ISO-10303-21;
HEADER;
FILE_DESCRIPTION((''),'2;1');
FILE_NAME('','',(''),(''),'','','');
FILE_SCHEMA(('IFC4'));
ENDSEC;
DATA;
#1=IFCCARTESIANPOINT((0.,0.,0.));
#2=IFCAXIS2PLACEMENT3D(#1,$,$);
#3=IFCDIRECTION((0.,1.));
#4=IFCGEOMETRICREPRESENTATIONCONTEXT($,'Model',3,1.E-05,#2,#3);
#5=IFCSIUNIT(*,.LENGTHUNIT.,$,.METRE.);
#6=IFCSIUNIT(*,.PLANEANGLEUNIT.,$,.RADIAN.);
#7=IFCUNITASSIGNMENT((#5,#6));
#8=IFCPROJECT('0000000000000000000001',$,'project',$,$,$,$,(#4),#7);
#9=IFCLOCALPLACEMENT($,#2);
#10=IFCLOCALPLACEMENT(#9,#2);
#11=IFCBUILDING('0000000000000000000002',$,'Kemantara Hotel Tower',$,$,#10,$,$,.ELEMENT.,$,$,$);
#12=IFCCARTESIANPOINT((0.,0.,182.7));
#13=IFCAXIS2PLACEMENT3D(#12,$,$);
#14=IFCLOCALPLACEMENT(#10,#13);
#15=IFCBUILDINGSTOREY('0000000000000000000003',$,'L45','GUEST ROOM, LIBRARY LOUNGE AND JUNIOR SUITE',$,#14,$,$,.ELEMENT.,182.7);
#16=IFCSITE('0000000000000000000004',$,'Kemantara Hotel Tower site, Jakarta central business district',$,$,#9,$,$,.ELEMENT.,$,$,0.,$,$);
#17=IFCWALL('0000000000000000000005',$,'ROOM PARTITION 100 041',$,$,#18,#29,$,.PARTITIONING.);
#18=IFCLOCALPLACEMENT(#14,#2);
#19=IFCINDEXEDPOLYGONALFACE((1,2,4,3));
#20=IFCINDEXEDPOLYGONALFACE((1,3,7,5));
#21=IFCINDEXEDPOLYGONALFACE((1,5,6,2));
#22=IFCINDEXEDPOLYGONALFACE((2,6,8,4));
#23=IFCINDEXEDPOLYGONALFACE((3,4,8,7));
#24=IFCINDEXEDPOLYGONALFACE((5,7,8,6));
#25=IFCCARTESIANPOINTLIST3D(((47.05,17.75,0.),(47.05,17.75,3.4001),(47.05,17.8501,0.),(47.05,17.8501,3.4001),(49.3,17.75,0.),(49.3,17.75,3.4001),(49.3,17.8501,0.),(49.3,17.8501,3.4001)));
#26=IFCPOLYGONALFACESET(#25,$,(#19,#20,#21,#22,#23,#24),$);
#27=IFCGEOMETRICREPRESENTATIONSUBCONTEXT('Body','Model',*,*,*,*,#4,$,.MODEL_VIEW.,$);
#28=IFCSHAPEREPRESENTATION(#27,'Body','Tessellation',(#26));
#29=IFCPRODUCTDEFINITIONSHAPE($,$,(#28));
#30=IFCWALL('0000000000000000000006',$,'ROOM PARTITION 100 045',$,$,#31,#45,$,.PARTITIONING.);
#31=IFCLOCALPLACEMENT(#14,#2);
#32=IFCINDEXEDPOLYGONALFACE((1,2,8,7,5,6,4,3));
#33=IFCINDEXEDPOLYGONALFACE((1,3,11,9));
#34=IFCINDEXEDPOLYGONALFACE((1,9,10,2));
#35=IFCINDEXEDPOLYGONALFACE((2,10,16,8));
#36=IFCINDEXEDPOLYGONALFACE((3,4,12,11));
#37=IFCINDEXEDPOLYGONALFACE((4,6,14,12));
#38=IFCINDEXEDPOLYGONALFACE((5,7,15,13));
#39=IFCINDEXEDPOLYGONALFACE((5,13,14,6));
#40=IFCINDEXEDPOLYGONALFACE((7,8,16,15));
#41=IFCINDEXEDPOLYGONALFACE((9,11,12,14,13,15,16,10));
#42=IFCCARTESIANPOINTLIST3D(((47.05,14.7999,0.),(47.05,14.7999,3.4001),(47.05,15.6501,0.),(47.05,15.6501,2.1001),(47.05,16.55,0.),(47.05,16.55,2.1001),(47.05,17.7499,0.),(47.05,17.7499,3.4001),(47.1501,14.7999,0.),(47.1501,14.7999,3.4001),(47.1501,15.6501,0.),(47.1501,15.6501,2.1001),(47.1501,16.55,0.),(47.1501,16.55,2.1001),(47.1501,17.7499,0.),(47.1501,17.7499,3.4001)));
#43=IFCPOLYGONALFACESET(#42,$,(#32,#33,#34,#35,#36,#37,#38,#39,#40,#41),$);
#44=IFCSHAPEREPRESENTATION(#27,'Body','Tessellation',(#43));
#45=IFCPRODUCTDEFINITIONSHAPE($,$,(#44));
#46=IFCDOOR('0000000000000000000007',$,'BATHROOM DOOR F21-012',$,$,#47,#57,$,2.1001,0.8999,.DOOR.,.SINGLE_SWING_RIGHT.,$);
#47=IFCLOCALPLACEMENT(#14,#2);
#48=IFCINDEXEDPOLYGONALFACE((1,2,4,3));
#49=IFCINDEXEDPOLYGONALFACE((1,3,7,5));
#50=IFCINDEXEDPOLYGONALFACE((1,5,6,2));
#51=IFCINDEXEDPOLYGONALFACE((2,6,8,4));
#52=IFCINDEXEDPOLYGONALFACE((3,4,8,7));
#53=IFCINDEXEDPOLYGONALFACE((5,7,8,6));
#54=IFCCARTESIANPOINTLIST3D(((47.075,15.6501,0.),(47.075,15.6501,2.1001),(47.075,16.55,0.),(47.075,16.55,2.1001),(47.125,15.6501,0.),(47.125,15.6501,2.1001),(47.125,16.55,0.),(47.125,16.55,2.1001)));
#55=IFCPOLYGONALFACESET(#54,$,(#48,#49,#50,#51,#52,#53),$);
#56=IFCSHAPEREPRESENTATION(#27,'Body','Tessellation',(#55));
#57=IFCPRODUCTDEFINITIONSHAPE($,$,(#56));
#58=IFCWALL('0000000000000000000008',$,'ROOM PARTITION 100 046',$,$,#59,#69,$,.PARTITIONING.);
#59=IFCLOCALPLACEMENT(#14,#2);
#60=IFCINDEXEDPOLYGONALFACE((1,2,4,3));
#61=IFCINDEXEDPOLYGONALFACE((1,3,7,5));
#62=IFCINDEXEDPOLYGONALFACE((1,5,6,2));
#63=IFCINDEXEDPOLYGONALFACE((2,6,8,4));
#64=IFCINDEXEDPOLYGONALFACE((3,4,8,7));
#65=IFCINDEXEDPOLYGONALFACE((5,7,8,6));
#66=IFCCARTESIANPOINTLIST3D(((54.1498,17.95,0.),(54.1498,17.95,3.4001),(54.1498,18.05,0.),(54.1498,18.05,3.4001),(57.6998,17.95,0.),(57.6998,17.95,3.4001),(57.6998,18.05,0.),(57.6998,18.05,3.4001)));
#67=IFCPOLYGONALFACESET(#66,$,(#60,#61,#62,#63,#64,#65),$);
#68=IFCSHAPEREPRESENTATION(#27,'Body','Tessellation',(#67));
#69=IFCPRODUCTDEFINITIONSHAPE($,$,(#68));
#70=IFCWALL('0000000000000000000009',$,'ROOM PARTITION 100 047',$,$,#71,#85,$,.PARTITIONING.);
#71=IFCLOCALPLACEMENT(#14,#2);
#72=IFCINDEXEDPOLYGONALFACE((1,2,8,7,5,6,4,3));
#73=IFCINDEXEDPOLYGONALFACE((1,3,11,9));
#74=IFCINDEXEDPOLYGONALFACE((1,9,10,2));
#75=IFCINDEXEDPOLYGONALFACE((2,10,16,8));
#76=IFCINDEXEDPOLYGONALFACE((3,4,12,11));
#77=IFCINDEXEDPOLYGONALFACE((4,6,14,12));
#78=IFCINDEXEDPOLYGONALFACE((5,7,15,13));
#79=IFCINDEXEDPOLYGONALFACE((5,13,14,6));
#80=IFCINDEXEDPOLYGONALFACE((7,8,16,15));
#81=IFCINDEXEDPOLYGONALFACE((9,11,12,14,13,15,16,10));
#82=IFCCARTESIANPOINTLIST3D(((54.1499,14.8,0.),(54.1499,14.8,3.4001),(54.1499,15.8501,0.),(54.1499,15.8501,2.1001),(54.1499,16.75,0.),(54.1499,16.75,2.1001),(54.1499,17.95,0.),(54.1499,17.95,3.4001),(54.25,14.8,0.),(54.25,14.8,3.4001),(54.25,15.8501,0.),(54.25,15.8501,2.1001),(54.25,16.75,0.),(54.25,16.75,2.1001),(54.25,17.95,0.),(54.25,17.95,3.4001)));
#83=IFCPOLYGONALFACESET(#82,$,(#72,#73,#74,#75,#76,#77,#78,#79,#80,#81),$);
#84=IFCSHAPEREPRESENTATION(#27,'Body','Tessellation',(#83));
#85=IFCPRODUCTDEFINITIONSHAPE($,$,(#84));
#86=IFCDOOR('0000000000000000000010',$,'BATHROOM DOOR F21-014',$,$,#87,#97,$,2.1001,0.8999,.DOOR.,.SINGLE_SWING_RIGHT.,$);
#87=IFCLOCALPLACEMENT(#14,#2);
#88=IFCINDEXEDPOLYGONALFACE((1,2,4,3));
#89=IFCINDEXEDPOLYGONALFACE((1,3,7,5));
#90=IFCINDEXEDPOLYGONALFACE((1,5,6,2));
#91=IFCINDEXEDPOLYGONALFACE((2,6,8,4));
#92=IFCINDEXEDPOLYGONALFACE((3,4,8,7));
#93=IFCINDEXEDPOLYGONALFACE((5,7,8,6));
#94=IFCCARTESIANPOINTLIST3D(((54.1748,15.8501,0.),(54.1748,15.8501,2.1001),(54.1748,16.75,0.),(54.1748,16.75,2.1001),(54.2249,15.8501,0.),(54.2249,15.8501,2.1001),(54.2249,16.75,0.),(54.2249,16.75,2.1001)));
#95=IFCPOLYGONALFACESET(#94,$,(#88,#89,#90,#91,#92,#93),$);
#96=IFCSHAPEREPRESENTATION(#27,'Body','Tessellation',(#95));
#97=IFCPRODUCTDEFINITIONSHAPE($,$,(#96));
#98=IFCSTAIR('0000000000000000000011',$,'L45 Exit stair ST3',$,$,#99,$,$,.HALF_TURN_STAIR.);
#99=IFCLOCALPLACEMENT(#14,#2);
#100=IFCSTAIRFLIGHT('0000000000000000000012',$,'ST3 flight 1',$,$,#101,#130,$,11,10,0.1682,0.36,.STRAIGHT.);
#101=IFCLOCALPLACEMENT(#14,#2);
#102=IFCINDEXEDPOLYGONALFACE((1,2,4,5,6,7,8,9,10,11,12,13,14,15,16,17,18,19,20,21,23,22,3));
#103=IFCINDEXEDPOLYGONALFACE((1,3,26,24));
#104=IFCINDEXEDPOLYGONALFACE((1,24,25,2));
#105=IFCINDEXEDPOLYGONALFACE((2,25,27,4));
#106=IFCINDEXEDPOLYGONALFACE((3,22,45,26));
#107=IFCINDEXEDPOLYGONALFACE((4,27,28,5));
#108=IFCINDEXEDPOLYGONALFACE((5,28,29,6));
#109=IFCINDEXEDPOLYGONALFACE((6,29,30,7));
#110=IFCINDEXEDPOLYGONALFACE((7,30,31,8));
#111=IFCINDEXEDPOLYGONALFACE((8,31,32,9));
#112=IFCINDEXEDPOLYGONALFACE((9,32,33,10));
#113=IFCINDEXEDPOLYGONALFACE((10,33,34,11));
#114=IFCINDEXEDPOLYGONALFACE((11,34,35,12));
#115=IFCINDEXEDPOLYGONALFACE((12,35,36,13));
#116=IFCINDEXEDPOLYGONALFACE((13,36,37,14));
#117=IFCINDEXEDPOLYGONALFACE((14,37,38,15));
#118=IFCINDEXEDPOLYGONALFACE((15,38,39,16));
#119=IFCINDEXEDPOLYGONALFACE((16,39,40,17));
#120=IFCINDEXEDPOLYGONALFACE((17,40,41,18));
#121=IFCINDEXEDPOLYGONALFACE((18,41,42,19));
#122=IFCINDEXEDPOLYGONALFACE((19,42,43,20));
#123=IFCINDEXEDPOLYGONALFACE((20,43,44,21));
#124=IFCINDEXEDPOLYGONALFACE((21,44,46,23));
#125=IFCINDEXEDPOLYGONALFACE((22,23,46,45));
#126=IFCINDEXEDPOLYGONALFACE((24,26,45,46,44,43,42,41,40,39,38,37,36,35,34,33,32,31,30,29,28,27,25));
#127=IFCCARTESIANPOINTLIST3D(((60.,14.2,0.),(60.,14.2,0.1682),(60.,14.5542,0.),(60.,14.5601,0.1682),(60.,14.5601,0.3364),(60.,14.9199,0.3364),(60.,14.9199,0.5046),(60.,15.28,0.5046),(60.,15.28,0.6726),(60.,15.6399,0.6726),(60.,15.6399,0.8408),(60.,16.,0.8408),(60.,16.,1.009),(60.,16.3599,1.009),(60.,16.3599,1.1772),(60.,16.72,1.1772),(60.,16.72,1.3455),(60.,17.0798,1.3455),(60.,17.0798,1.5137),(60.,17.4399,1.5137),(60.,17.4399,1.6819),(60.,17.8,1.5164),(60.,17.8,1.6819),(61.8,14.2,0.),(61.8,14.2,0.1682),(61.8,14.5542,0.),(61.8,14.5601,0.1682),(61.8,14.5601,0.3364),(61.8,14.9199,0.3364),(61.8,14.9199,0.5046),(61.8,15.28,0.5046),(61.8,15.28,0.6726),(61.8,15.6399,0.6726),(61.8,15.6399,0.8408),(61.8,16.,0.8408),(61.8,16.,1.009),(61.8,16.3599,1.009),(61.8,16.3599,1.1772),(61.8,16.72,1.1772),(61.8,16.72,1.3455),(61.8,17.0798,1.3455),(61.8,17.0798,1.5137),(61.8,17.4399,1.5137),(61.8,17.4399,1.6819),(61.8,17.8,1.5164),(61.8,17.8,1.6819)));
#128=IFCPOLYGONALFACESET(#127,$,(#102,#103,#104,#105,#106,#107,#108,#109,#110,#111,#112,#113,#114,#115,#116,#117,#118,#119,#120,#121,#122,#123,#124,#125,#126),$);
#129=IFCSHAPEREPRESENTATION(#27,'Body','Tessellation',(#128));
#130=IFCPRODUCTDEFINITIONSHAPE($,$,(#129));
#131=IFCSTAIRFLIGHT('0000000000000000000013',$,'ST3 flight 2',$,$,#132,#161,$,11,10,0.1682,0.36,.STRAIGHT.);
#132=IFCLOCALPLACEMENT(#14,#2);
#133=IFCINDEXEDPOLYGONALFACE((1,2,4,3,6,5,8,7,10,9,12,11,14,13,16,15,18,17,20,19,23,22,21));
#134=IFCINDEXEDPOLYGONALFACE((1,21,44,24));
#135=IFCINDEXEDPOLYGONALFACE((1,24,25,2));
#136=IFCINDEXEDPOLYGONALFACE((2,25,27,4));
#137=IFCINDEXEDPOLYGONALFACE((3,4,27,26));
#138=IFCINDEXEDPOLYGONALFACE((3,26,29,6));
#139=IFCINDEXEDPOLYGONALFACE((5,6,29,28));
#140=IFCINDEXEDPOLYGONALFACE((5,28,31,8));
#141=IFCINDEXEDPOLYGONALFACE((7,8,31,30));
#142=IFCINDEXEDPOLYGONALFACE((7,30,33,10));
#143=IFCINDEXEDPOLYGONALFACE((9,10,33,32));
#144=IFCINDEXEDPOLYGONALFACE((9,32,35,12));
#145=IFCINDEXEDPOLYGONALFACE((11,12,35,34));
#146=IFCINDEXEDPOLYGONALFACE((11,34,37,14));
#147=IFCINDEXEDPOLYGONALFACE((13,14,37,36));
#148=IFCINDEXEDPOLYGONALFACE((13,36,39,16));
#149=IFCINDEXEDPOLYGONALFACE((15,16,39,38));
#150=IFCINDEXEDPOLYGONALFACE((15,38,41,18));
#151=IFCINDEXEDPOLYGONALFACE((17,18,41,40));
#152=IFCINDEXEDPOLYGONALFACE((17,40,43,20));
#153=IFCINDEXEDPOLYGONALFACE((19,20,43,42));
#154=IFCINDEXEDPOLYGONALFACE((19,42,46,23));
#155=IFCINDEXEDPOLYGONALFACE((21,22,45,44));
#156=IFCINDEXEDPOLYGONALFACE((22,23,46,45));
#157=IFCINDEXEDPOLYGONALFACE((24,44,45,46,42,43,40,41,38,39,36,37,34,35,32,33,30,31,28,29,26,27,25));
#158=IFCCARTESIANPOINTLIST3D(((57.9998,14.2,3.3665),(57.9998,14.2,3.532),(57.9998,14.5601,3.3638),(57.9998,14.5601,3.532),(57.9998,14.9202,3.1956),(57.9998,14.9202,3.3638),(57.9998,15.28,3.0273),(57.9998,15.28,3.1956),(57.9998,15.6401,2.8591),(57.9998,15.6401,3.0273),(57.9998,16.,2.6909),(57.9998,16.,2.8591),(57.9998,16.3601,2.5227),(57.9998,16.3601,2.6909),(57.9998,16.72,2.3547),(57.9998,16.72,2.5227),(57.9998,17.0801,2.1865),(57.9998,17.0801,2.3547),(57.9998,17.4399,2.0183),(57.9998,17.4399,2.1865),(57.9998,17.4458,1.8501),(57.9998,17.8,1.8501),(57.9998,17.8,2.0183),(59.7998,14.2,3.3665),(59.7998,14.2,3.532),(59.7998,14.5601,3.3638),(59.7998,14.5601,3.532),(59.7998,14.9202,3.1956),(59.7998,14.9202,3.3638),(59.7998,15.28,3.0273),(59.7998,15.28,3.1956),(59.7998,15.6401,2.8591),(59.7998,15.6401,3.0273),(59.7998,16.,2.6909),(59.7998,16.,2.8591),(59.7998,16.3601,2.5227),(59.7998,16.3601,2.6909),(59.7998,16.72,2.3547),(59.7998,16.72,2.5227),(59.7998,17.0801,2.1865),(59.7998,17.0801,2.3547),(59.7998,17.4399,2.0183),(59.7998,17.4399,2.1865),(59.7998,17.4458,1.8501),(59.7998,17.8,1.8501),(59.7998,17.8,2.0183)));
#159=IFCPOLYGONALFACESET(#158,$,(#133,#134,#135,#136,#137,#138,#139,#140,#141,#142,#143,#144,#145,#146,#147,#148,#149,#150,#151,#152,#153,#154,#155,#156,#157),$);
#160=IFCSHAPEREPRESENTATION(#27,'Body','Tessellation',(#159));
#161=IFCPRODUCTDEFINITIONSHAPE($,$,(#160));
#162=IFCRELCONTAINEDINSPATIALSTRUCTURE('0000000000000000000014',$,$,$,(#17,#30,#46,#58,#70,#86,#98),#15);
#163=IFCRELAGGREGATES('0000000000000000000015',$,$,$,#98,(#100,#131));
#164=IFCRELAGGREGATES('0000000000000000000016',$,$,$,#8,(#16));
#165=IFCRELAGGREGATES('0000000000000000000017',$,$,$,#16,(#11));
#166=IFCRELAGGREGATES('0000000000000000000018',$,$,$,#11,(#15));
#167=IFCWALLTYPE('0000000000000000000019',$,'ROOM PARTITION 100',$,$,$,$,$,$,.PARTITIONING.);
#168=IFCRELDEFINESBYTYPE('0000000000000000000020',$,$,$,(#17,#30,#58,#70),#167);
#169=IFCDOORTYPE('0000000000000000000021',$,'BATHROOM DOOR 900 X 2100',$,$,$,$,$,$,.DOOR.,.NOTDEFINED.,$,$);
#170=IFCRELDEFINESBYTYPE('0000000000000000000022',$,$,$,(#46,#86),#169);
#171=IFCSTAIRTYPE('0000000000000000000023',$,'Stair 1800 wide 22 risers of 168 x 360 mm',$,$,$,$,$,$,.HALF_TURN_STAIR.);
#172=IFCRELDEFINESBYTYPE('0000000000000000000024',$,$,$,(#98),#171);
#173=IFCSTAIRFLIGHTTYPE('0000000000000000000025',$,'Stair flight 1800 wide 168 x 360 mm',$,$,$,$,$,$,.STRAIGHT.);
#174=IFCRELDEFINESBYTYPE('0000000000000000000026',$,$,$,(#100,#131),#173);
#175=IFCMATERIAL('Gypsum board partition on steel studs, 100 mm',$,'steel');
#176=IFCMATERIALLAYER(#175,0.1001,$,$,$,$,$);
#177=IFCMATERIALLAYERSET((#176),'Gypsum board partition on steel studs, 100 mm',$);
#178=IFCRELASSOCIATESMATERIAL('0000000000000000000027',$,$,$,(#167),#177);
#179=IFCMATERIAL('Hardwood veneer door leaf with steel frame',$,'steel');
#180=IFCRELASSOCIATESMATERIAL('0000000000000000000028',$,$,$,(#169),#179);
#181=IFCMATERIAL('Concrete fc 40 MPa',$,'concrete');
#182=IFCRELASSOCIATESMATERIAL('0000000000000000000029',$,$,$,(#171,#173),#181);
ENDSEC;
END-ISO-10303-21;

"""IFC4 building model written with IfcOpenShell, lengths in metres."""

from ifc_helpers import new_model, si_unit, direction, frame, frame_2d, origin, place, context, subcontext, project, spatial, polyline, rectangle, outline, extrude, material, layer, layer_set, type_object, element, fill, aggregate, save


model = new_model("IFC4")

# Units and contexts
model_context = context("Model", 3, precision=1e-05, world=origin(), true_north=direction((0.0, 1.0)))
body_context = subcontext(model_context, "Body", "Model", "MODEL_VIEW")
ifc_project = project(units=[si_unit("LENGTHUNIT", "METRE"), si_unit("PLANEANGLEUNIT", "RADIAN")], contexts=[model_context])

# Site, building, storey
site_placement = place(None, origin())
site = spatial("IfcSite", under=ifc_project, at=site_placement, Name="Kemantara Hotel Tower site, Jakarta central business district", CompositionType="ELEMENT", RefElevation=0.0)
building_placement = place(site_placement, origin())
building = spatial("IfcBuilding", under=site, at=building_placement, Name="Kemantara Hotel Tower", CompositionType="ELEMENT")
storey_placement = place(building_placement, frame((0.0, 0.0, 182.7)))
storey = spatial("IfcBuildingStorey", under=building, at=storey_placement, Name="L45", Description="GUEST ROOM, LIBRARY LOUNGE AND JUNIOR SUITE", CompositionType="ELEMENT", Elevation=182.7)

# Shared definitions
ifc_material_1 = material(Name="Concrete fc 40 MPa", Category="concrete")

# Wall
ifc_material_2 = material(Name="Gypsum board partition on steel studs, 100 mm", Category="steel")
ifc_layer_1 = layer(ifc_material_2, 0.1001)
ifc_layer_set_1 = layer_set([ifc_layer_1], Name="Gypsum board partition on steel studs, 100 mm")
wall_type_1 = type_object("IfcWallType", Name="ROOM PARTITION 100", PredefinedType="PARTITIONING", material=ifc_layer_set_1)
wall_1_placement = place(storey_placement, frame((47.05, 17.8, 0.0), z_axis=(0.0, 0.0, 1.0), x_axis=(1.0, 0.0, 0.0)))
element("IfcWall", 1, at=wall_1_placement, inside=storey, type_object=wall_type_1, Name="ROOM PARTITION 100 041", PredefinedType="PARTITIONING", context=body_context, shape_type="SweptSolid", body=[
    extrude(rectangle(XDim=2.25, YDim=0.1001, at=frame_2d((1.125, 0.0))), origin(), (0.0, 0.0, 1.0), 3.4001),
])

# Wall, opening, door
wall_2_placement = place(storey_placement, frame((47.1001, 17.75, 0.0), z_axis=(0.0, 0.0, 1.0), x_axis=(0.0, -1.0, 0.0)))
wall_2 = element("IfcWall", 2, at=wall_2_placement, inside=storey, type_object=wall_type_1, Name="ROOM PARTITION 100 045", PredefinedType="PARTITIONING", context=body_context, shape_type="SweptSolid", body=[
    extrude(rectangle(XDim=2.95, YDim=0.1001, at=frame_2d((1.4751, 0.0))), origin(), (0.0, 0.0, 1.0), 3.4001),
])
opening_1_placement = place(wall_2_placement, frame((1.2, 0.0, 0.0)))
opening_1 = element("IfcOpeningElement", 3, at=opening_1_placement, cuts=wall_2, PredefinedType="OPENING", context=body_context, shape_type="SweptSolid", body=[
    extrude(rectangle(XDim=0.8999, YDim=2.1001, at=frame_2d((0.45, 1.05))), frame((0.0, 0.0601, 0.0), z_axis=(0.0, -1.0, 0.0), x_axis=(1.0, 0.0, 0.0)), (0.0, 0.0, 1.0), 0.1201),
])
ifc_material_3 = material(Name="Hardwood veneer door leaf with steel frame", Category="steel")
door_type_1 = type_object("IfcDoorType", Name="BATHROOM DOOR 900 X 2100", OperationType="NOTDEFINED", PredefinedType="DOOR", material=ifc_material_3)
door_1_placement = place(opening_1_placement, origin())
door_1 = element("IfcDoor", 4, at=door_1_placement, inside=storey, type_object=door_type_1, Name="BATHROOM DOOR F21-012", OperationType="SINGLE_SWING_RIGHT", OverallHeight=2.1001, OverallWidth=0.8999, PredefinedType="DOOR", context=body_context, shape_type="SweptSolid", body=[
    extrude(rectangle(XDim=0.8999, YDim=2.1001, at=frame_2d((0.45, 1.05))), frame((0.0, 0.0249, 0.0), z_axis=(0.0, -1.0, 0.0), x_axis=(1.0, 0.0, 0.0)), (0.0, 0.0, 1.0), 0.05),
])
fill(opening_1, door_1)

# Wall
wall_3_placement = place(storey_placement, frame((54.1499, 18.0, 0.0), z_axis=(0.0, 0.0, 1.0), x_axis=(1.0, 0.0, 0.0)))
element("IfcWall", 5, at=wall_3_placement, inside=storey, type_object=wall_type_1, Name="ROOM PARTITION 100 046", PredefinedType="PARTITIONING", context=body_context, shape_type="SweptSolid", body=[
    extrude(rectangle(XDim=3.55, YDim=0.1001, at=frame_2d((1.7749, 0.0))), origin(), (0.0, 0.0, 1.0), 3.4001),
])

# Wall, opening, door
wall_4_placement = place(storey_placement, frame((54.2, 17.95, 0.0), z_axis=(0.0, 0.0, 1.0), x_axis=(0.0, -1.0, 0.0)))
wall_4 = element("IfcWall", 6, at=wall_4_placement, inside=storey, type_object=wall_type_1, Name="ROOM PARTITION 100 047", PredefinedType="PARTITIONING", context=body_context, shape_type="SweptSolid", body=[
    extrude(rectangle(XDim=3.1499, YDim=0.1001, at=frame_2d((1.575, 0.0))), origin(), (0.0, 0.0, 1.0), 3.4001),
])
opening_2_placement = place(wall_4_placement, frame((1.2, 0.0, 0.0)))
opening_2 = element("IfcOpeningElement", 7, at=opening_2_placement, cuts=wall_4, PredefinedType="OPENING", context=body_context, shape_type="SweptSolid", body=[
    extrude(rectangle(XDim=0.8999, YDim=2.1001, at=frame_2d((0.45, 1.05))), frame((0.0, 0.0601, 0.0), z_axis=(0.0, -1.0, 0.0), x_axis=(1.0, 0.0, 0.0)), (0.0, 0.0, 1.0), 0.1201),
])
door_2_placement = place(opening_2_placement, origin())
door_2 = element("IfcDoor", 8, at=door_2_placement, inside=storey, type_object=door_type_1, Name="BATHROOM DOOR F21-014", OperationType="SINGLE_SWING_RIGHT", OverallHeight=2.1001, OverallWidth=0.8999, PredefinedType="DOOR", context=body_context, shape_type="SweptSolid", body=[
    extrude(rectangle(XDim=0.8999, YDim=2.1001, at=frame_2d((0.45, 1.05))), frame((0.0, 0.0249, 0.0), z_axis=(0.0, -1.0, 0.0), x_axis=(1.0, 0.0, 0.0)), (0.0, 0.0, 1.0), 0.05),
])
fill(opening_2, door_2)

# Stair, stair flights
stair_type = type_object("IfcStairType", Name="Stair 1800 wide 22 risers of 168 x 360 mm", PredefinedType="HALF_TURN_STAIR", material=ifc_material_1)
stair_placement = place(storey_placement, origin())
stair = element("IfcStair", 9, at=stair_placement, inside=storey, type_object=stair_type, Name="L45 Exit stair ST3", PredefinedType="HALF_TURN_STAIR")
stair_flight_type = type_object("IfcStairFlightType", Name="Stair flight 1800 wide 168 x 360 mm", PredefinedType="STRAIGHT", material=ifc_material_1)
stair_flight_1_placement = place(storey_placement, frame((60.8999, 14.2, 0.0), z_axis=(0.0, 0.0, 1.0), x_axis=(0.0, 1.0, 0.0)))
stair_flight_1 = element("IfcStairFlight", 10, at=stair_flight_1_placement, type_object=stair_flight_type, Name="ST3 flight 1", NumberOfRisers=11, NumberOfTreads=10, PredefinedType="STRAIGHT", RiserHeight=0.1682, TreadLength=0.36, context=body_context, shape_type="SweptSolid", body=[
    extrude(outline(polyline([(0.0, 0.0), (0.0, 0.1682), (0.3601, 0.1682), (0.3601, 0.3364), (0.72, 0.3364), (0.72, 0.5046), (1.0801, 0.5046), (1.0801, 0.6726), (1.4399, 0.6726), (1.4399, 0.8408), (1.8, 0.8408), (1.8, 1.009), (2.1599, 1.009), (2.1599, 1.1772), (2.52, 1.1772), (2.52, 1.3455), (2.8799, 1.3455), (2.8799, 1.5137), (3.24, 1.5137), (3.24, 1.6819), (3.6001, 1.6819), (3.6001, 1.8501), (3.6001, 1.5164), (0.3542, 0.0), (0.0, 0.0)])), frame((0.0, 0.8999, 0.0), z_axis=(0.0, -1.0, 0.0), x_axis=(1.0, 0.0, 0.0)), (0.0, 0.0, 1.0), 1.8),
])
stair_flight_2_placement = place(storey_placement, frame((58.8999, 17.8, 1.8501), z_axis=(0.0, 0.0, 1.0), x_axis=(0.0, -1.0, 0.0)))
stair_flight_2 = element("IfcStairFlight", 11, at=stair_flight_2_placement, type_object=stair_flight_type, Name="ST3 flight 2", NumberOfRisers=11, NumberOfTreads=10, PredefinedType="STRAIGHT", RiserHeight=0.1682, TreadLength=0.36, context=body_context, shape_type="SweptSolid", body=[
    extrude(outline(polyline([(0.0, 0.0), (0.0, 0.1682), (0.3601, 0.1682), (0.3601, 0.3364), (0.72, 0.3364), (0.72, 0.5046), (1.0801, 0.5046), (1.0801, 0.6726), (1.4399, 0.6726), (1.4399, 0.8408), (1.8, 0.8408), (1.8, 1.009), (2.1599, 1.009), (2.1599, 1.1772), (2.52, 1.1772), (2.52, 1.3455), (2.8799, 1.3455), (2.8799, 1.5137), (3.24, 1.5137), (3.24, 1.6819), (3.6001, 1.6819), (3.6001, 1.8501), (3.6001, 1.5164), (0.3542, 0.0), (0.0, 0.0)])), frame((0.0, 0.8999, 0.0), z_axis=(0.0, -1.0, 0.0), x_axis=(1.0, 0.0, 0.0)), (0.0, 0.0, 1.0), 1.8),
])
aggregate(stair, [stair_flight_1, stair_flight_2])

save(model, "model.ifc")
